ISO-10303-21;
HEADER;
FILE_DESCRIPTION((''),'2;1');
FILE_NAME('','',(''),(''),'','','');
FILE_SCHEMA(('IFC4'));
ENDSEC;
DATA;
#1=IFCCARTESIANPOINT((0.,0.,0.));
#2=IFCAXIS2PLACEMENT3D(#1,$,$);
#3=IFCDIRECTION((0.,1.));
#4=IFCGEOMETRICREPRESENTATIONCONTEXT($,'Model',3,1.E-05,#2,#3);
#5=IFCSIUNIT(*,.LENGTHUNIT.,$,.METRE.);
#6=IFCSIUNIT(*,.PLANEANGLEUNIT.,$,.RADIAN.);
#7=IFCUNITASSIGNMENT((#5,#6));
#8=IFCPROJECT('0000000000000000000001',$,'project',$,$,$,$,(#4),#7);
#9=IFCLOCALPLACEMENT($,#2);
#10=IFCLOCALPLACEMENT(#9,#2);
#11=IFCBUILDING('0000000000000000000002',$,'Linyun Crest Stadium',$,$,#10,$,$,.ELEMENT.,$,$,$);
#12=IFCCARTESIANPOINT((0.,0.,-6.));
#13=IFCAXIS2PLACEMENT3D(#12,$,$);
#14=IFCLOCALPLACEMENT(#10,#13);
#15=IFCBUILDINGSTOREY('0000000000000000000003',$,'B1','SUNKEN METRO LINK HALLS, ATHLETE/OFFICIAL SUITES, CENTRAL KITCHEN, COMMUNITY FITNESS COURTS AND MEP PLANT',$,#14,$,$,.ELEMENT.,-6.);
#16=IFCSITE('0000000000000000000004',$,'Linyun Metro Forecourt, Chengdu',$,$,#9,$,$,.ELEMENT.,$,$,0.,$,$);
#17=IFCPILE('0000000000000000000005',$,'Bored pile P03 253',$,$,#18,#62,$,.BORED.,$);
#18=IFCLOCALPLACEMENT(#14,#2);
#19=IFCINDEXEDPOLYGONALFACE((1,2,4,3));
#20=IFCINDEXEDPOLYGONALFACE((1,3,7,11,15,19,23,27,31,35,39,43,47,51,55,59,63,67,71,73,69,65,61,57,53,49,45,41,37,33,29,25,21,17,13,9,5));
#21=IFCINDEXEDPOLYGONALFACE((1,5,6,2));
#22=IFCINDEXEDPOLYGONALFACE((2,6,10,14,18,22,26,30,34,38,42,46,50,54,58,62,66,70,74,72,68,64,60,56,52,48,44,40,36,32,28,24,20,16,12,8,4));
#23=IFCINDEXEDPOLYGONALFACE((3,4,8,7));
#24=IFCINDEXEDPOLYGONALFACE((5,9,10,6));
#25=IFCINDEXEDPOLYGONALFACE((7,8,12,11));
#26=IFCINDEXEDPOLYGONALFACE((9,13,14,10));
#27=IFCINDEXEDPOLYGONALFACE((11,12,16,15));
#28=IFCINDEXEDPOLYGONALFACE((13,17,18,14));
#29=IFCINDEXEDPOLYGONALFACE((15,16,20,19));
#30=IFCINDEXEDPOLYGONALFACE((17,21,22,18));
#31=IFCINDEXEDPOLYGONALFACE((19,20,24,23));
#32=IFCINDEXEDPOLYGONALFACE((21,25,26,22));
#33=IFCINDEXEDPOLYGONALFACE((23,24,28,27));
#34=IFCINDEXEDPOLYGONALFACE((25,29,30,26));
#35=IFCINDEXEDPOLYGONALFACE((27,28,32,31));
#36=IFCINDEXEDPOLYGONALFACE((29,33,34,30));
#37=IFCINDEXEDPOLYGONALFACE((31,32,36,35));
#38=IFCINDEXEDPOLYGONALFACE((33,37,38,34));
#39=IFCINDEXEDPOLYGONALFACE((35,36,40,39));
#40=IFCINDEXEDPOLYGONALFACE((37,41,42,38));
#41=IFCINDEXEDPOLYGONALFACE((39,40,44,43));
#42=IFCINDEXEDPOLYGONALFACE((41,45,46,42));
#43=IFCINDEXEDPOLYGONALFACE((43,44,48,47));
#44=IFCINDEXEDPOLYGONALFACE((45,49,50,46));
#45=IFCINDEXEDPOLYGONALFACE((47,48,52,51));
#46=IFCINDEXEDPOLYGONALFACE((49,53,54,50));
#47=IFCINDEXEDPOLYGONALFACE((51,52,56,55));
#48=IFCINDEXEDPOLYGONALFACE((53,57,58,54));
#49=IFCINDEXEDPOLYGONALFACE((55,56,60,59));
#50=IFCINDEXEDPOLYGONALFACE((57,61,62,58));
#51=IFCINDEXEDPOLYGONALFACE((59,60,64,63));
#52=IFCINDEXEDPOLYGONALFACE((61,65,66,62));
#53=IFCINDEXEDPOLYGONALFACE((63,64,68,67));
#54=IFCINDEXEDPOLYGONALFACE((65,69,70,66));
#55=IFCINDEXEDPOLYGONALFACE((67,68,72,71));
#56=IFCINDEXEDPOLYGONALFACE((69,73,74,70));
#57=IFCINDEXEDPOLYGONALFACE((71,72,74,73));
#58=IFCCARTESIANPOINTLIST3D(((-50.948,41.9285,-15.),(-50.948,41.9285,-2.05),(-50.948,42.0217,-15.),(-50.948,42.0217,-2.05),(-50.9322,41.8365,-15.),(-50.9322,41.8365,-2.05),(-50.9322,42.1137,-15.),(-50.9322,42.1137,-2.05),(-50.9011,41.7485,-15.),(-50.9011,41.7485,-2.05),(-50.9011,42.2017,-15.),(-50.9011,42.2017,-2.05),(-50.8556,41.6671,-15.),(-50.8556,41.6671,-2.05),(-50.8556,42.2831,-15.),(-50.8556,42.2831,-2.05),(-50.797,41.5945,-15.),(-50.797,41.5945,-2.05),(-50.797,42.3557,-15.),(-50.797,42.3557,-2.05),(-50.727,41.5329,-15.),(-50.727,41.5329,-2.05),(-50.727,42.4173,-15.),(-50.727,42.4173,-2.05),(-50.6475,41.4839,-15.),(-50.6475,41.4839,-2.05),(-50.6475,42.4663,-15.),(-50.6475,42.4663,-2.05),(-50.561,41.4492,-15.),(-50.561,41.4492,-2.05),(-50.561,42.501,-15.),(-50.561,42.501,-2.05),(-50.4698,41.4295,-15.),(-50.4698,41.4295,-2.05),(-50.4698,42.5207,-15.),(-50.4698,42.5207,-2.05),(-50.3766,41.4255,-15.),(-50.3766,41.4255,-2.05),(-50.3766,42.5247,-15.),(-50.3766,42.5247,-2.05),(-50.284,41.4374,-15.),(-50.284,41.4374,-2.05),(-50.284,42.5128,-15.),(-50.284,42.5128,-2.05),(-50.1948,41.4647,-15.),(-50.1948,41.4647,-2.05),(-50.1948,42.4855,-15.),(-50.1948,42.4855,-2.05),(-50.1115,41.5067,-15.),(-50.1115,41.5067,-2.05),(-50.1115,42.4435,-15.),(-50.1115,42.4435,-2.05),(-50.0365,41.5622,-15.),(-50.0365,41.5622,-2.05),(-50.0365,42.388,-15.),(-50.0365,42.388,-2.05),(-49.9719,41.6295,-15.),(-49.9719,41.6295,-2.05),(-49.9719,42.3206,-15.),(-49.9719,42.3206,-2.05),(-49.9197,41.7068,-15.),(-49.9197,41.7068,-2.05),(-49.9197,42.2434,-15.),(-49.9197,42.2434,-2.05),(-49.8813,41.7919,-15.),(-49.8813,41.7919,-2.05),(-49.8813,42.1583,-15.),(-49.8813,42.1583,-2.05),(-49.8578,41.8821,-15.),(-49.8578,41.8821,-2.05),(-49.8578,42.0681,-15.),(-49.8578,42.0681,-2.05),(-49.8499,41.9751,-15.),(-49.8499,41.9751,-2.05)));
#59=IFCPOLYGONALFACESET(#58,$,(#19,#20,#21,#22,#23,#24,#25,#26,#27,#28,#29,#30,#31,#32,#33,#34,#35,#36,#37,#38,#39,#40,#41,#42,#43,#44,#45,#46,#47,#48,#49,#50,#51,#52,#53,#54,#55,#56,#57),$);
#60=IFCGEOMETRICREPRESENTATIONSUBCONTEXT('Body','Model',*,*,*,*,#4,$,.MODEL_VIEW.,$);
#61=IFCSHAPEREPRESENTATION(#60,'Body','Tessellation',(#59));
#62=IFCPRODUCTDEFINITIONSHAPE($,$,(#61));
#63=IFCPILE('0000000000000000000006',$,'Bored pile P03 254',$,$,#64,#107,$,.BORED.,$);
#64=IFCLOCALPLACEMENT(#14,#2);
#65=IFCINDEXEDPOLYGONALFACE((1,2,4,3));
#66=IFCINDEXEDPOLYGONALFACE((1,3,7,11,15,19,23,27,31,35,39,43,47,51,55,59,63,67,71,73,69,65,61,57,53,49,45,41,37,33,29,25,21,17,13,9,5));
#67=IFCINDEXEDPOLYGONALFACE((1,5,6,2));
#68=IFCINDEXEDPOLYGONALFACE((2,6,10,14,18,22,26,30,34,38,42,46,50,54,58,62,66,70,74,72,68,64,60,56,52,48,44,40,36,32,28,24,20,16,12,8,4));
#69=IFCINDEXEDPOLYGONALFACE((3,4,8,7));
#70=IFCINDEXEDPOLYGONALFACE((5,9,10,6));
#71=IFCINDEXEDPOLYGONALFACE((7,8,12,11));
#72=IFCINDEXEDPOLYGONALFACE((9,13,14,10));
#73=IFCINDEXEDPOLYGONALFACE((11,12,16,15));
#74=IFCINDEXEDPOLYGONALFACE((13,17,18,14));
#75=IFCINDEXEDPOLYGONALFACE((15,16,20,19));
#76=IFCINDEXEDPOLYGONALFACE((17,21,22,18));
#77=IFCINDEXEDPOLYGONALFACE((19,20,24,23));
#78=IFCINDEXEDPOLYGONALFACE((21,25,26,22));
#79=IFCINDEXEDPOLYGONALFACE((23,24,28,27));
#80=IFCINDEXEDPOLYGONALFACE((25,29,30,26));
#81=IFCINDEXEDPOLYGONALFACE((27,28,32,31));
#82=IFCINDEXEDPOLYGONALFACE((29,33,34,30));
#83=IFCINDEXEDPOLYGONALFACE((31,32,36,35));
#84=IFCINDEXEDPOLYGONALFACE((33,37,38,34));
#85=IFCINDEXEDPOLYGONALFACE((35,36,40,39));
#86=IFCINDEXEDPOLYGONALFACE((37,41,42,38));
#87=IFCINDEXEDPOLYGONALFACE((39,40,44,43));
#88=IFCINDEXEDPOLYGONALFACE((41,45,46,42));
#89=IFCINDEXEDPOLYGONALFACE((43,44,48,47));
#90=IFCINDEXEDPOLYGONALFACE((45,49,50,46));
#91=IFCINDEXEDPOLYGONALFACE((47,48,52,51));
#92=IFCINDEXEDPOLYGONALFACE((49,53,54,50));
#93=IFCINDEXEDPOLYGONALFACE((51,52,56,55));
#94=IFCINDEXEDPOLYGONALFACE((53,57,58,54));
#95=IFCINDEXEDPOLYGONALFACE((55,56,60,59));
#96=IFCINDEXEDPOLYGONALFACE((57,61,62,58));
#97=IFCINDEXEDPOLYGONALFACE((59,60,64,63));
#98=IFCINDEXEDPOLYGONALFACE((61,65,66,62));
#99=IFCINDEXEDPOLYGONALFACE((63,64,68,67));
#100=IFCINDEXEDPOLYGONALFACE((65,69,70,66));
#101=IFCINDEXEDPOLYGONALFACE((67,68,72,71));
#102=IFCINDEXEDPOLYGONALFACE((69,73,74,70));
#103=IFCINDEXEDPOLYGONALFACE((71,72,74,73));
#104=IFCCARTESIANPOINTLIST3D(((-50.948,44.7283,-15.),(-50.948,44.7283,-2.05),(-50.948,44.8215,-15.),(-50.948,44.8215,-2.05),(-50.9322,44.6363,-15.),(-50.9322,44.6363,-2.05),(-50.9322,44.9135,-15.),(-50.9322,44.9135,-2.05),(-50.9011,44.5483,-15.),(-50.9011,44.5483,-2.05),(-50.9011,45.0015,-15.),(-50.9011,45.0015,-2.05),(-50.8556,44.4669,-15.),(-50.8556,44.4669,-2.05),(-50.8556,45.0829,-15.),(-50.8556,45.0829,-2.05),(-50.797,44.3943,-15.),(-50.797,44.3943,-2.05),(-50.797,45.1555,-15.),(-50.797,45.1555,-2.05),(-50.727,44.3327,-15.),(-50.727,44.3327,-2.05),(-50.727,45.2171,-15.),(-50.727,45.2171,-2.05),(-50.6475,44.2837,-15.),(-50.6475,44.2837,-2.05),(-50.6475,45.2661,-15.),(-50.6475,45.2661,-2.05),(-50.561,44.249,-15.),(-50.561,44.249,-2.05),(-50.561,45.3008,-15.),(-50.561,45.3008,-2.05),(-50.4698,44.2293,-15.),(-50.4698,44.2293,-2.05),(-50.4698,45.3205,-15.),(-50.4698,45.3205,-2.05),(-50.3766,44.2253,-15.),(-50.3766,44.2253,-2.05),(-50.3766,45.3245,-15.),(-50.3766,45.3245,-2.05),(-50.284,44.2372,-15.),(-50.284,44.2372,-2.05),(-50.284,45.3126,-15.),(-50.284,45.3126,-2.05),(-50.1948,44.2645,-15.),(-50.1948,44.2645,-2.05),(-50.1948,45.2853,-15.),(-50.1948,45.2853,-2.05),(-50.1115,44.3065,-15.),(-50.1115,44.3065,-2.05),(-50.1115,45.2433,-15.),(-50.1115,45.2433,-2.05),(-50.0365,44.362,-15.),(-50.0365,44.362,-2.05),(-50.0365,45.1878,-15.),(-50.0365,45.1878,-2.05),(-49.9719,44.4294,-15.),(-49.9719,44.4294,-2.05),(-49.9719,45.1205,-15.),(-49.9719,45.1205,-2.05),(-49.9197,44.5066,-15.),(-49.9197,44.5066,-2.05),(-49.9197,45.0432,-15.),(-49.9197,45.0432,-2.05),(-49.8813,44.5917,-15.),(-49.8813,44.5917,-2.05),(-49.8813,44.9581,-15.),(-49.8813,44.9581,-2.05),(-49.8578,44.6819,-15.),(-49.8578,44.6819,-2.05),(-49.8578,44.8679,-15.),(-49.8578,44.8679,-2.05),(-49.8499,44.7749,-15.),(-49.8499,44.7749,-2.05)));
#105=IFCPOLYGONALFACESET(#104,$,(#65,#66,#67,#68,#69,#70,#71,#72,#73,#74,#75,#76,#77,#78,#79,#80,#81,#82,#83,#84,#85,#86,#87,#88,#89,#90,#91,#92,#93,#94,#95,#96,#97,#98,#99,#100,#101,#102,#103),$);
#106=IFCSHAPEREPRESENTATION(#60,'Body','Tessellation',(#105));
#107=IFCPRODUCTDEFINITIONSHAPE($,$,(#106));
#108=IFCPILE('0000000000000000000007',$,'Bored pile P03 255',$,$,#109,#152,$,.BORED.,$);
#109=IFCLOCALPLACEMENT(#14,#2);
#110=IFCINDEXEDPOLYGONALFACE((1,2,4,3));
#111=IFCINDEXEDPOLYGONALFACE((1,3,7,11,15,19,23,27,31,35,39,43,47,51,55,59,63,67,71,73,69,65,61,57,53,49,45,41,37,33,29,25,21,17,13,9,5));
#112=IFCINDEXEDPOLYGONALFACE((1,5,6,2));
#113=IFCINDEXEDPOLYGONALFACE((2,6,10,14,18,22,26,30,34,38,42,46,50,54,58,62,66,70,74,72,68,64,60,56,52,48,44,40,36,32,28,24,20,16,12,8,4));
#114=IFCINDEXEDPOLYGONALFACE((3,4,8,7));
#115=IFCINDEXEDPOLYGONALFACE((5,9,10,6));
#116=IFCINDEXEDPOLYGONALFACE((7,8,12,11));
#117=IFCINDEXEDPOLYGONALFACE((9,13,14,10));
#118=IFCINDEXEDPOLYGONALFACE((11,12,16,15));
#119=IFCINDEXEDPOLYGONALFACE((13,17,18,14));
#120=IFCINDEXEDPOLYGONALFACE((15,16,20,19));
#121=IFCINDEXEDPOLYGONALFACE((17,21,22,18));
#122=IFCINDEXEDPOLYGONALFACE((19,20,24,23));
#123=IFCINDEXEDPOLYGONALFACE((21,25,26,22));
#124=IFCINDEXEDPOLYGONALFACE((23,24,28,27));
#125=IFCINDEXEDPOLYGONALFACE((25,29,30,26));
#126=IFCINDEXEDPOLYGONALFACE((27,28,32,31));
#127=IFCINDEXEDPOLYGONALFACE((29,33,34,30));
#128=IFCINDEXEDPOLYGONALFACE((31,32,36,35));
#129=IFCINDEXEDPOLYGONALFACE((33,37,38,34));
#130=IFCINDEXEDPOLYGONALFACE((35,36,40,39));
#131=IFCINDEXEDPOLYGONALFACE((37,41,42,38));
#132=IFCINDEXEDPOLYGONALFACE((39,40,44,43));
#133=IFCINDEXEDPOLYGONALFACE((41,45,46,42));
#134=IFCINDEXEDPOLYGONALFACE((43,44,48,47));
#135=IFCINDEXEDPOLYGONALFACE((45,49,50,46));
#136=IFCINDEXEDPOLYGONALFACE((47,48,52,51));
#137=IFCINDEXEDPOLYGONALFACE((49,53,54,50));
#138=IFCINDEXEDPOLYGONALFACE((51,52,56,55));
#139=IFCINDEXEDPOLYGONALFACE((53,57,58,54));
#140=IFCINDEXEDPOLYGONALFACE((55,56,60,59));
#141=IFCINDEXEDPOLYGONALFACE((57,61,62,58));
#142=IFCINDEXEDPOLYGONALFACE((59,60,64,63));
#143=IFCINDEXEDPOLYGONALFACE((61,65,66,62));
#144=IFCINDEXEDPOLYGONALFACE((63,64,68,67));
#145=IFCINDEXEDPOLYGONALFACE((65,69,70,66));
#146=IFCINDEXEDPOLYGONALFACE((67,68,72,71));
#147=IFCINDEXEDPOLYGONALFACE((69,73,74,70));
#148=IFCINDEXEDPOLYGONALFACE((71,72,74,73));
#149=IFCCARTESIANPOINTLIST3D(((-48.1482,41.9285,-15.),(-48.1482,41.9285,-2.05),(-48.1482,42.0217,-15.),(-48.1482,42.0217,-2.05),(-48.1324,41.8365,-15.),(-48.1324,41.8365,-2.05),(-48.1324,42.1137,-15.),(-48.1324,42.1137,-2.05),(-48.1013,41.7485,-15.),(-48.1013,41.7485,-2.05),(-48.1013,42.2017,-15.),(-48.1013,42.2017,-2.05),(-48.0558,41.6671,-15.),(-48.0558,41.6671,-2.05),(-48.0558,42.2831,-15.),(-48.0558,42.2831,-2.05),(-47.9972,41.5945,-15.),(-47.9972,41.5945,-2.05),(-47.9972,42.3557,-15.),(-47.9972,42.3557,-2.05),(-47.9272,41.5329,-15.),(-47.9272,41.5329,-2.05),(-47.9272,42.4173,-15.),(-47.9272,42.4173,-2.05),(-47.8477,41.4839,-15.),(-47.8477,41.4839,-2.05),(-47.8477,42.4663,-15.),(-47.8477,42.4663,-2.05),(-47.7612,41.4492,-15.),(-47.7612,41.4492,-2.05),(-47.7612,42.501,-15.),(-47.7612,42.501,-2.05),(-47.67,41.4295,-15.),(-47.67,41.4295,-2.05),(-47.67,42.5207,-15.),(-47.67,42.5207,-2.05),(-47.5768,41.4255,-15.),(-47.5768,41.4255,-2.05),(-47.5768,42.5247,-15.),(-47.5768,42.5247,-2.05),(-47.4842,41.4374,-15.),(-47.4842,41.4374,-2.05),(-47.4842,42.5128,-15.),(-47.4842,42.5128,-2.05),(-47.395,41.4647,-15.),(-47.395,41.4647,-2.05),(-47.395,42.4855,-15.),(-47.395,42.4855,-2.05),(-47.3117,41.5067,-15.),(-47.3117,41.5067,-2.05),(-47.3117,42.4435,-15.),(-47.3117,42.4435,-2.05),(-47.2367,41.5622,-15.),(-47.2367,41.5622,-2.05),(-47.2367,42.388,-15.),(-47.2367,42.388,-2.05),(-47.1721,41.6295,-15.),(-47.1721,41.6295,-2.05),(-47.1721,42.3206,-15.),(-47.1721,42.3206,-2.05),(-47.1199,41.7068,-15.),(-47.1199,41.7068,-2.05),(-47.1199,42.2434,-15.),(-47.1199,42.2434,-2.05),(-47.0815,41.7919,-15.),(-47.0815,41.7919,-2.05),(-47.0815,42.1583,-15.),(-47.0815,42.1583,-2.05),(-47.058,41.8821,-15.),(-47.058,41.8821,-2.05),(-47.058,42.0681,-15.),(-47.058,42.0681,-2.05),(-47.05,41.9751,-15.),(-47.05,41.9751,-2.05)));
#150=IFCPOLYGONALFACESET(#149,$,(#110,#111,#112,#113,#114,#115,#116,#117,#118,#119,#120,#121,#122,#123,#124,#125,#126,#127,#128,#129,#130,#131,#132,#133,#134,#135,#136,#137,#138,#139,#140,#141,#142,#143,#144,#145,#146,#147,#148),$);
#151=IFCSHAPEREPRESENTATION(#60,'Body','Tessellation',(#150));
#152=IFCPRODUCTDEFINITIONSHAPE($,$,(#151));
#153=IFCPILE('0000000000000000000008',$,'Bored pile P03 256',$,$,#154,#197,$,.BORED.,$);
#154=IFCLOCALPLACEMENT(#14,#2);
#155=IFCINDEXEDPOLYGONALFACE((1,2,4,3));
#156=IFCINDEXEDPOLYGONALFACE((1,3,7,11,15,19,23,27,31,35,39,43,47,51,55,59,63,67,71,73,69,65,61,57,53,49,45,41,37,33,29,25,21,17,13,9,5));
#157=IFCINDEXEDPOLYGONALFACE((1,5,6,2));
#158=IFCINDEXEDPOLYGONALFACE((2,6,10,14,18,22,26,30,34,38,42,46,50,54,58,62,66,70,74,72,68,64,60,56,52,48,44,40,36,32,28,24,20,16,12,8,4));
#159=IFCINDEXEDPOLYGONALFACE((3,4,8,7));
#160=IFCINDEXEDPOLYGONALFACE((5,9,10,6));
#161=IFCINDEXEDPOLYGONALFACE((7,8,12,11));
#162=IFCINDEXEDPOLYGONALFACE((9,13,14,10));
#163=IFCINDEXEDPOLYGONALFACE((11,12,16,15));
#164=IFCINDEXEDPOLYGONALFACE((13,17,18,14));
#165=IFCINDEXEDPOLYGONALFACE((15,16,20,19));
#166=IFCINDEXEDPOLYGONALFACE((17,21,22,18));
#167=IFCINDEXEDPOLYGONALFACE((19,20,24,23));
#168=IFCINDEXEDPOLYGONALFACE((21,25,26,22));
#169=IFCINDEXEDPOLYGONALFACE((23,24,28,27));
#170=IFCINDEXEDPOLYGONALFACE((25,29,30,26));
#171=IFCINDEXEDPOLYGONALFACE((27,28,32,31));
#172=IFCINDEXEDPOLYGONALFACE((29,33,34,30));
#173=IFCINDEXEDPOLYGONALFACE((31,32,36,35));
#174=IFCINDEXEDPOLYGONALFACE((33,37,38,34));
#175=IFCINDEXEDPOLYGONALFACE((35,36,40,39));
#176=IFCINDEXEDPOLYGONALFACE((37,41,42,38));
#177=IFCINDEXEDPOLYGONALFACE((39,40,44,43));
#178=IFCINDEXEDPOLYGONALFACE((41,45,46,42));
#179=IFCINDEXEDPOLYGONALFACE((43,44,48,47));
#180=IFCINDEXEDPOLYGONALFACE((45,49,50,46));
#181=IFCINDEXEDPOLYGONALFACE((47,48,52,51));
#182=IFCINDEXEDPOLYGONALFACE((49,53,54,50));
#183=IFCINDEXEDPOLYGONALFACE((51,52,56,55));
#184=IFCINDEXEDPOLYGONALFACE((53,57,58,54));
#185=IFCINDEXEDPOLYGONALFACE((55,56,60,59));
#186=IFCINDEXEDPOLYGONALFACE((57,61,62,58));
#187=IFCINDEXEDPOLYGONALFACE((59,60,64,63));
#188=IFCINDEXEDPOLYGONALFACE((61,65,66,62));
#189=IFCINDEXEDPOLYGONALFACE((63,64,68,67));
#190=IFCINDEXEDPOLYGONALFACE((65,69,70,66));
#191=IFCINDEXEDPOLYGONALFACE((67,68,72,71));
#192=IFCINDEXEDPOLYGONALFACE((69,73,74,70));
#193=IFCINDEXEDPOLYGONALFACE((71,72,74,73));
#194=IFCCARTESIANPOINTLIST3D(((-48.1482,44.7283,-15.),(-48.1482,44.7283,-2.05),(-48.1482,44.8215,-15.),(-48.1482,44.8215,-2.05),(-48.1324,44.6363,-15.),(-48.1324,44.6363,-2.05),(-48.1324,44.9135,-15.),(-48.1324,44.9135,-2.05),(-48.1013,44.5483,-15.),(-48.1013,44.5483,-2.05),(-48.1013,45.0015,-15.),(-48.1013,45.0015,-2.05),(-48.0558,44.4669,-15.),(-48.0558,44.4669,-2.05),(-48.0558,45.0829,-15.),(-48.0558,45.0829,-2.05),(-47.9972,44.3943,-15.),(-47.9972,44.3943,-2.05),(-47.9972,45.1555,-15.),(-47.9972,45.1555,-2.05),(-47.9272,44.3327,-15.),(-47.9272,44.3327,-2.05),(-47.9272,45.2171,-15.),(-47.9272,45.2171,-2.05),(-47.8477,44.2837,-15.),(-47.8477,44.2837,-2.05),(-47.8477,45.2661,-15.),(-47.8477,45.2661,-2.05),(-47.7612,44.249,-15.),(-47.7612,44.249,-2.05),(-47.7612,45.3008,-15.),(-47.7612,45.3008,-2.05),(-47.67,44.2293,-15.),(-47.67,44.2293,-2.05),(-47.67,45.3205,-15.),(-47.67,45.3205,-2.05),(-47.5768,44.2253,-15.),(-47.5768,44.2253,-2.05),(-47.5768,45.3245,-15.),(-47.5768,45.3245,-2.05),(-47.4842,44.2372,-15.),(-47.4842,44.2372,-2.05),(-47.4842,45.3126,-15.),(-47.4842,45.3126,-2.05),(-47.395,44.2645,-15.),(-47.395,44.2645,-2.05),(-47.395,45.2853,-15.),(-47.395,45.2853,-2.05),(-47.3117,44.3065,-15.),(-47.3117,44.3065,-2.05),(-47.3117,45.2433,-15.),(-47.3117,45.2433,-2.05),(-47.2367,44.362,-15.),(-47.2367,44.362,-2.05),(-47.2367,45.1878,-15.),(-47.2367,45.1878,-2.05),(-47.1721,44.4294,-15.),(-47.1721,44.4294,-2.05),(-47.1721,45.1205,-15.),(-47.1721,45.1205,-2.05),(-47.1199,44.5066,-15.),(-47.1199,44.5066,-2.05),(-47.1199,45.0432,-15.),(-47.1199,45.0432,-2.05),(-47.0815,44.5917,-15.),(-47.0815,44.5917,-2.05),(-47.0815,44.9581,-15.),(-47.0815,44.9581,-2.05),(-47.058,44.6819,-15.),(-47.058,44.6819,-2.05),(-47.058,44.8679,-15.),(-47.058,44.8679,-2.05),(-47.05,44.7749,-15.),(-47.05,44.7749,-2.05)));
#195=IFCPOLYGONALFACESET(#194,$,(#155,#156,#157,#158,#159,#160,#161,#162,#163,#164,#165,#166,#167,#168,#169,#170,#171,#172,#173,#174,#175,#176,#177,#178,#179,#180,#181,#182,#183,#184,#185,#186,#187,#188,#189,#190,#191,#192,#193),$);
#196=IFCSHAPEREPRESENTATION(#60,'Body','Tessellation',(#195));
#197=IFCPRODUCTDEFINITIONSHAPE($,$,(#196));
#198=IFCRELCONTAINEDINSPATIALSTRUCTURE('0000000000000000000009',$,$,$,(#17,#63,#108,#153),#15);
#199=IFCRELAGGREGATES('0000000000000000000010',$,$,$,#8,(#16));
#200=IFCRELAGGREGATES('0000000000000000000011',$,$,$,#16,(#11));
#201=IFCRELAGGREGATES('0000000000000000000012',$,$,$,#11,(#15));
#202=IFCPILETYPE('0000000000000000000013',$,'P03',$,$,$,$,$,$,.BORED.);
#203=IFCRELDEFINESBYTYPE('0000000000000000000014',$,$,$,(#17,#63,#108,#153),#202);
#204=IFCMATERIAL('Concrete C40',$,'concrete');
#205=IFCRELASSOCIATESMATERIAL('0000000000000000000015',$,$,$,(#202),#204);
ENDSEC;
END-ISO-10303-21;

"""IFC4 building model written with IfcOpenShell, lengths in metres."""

from ifc_helpers import new_model, si_unit, direction, frame, origin, origin_2d, place, context, subcontext, project, spatial, circle, extrude, material, material_profile, profile_set, type_object, element, save


model = new_model("IFC4")

# Units and contexts
model_context = context("Model", 3, precision=1e-05, world=origin(), true_north=direction((0.0, 1.0)))
body_context = subcontext(model_context, "Body", "Model", "MODEL_VIEW")
ifc_project = project(units=[si_unit("LENGTHUNIT", "METRE"), si_unit("PLANEANGLEUNIT", "RADIAN")], contexts=[model_context])

# Site, building, storey
site_placement = place(None, origin())
site = spatial("IfcSite", under=ifc_project, at=site_placement, Name="Linyun Metro Forecourt, Chengdu", CompositionType="ELEMENT", RefElevation=0.0)
building_placement = place(site_placement, origin())
building = spatial("IfcBuilding", under=site, at=building_placement, Name="Linyun Crest Stadium", CompositionType="ELEMENT")
storey_placement = place(building_placement, frame((0.0, 0.0, -6.0)))
storey = spatial("IfcBuildingStorey", under=building, at=storey_placement, Name="B1", Description="SUNKEN METRO LINK HALLS, ATHLETE/OFFICIAL SUITES, CENTRAL KITCHEN, COMMUNITY FITNESS COURTS AND MEP PLANT", CompositionType="ELEMENT", Elevation=-6.0)

# Piles
ifc_material_1 = material(Name="Concrete C40", Category="concrete")
ifc_material_profile_1 = material_profile(ifc_material_1, circle(Radius=0.55, at=origin_2d()), Name="BORED PILE 1100")
ifc_profile_set_1 = profile_set([ifc_material_profile_1], Name="Concrete C40")
pile_type_1 = type_object("IfcPileType", Name="P03", PredefinedType="BORED", material=ifc_profile_set_1)
for number, where, z_axis, x_axis, name in (
    (1, (-50.3999, 41.9751, -2.05), (0.0, 0.0, -1.0), (1.0, 0.0, 0.0), "Bored pile P03 253"),
    (2, (-50.3999, 44.7749, -2.05), (0.0, 0.0, -1.0), (1.0, 0.0, 0.0), "Bored pile P03 254"),
    (3, (-47.6001, 41.9751, -2.05), (0.0, 0.0, -1.0), (1.0, 0.0, 0.0), "Bored pile P03 255"),
    (4, (-47.6001, 44.7749, -2.05), (0.0, 0.0, -1.0), (1.0, 0.0, 0.0), "Bored pile P03 256"),
):
    element("IfcPile", number, at=place(storey_placement, frame(where, z_axis=z_axis, x_axis=x_axis)), inside=storey, type_object=pile_type_1, Name=name, PredefinedType="BORED", context=body_context, shape_type="SweptSolid", body=[
        extrude(circle(Radius=0.55, at=origin_2d()), origin(), (0.0, 0.0, 1.0), 12.95),
    ])

save(model, "model.ifc")
